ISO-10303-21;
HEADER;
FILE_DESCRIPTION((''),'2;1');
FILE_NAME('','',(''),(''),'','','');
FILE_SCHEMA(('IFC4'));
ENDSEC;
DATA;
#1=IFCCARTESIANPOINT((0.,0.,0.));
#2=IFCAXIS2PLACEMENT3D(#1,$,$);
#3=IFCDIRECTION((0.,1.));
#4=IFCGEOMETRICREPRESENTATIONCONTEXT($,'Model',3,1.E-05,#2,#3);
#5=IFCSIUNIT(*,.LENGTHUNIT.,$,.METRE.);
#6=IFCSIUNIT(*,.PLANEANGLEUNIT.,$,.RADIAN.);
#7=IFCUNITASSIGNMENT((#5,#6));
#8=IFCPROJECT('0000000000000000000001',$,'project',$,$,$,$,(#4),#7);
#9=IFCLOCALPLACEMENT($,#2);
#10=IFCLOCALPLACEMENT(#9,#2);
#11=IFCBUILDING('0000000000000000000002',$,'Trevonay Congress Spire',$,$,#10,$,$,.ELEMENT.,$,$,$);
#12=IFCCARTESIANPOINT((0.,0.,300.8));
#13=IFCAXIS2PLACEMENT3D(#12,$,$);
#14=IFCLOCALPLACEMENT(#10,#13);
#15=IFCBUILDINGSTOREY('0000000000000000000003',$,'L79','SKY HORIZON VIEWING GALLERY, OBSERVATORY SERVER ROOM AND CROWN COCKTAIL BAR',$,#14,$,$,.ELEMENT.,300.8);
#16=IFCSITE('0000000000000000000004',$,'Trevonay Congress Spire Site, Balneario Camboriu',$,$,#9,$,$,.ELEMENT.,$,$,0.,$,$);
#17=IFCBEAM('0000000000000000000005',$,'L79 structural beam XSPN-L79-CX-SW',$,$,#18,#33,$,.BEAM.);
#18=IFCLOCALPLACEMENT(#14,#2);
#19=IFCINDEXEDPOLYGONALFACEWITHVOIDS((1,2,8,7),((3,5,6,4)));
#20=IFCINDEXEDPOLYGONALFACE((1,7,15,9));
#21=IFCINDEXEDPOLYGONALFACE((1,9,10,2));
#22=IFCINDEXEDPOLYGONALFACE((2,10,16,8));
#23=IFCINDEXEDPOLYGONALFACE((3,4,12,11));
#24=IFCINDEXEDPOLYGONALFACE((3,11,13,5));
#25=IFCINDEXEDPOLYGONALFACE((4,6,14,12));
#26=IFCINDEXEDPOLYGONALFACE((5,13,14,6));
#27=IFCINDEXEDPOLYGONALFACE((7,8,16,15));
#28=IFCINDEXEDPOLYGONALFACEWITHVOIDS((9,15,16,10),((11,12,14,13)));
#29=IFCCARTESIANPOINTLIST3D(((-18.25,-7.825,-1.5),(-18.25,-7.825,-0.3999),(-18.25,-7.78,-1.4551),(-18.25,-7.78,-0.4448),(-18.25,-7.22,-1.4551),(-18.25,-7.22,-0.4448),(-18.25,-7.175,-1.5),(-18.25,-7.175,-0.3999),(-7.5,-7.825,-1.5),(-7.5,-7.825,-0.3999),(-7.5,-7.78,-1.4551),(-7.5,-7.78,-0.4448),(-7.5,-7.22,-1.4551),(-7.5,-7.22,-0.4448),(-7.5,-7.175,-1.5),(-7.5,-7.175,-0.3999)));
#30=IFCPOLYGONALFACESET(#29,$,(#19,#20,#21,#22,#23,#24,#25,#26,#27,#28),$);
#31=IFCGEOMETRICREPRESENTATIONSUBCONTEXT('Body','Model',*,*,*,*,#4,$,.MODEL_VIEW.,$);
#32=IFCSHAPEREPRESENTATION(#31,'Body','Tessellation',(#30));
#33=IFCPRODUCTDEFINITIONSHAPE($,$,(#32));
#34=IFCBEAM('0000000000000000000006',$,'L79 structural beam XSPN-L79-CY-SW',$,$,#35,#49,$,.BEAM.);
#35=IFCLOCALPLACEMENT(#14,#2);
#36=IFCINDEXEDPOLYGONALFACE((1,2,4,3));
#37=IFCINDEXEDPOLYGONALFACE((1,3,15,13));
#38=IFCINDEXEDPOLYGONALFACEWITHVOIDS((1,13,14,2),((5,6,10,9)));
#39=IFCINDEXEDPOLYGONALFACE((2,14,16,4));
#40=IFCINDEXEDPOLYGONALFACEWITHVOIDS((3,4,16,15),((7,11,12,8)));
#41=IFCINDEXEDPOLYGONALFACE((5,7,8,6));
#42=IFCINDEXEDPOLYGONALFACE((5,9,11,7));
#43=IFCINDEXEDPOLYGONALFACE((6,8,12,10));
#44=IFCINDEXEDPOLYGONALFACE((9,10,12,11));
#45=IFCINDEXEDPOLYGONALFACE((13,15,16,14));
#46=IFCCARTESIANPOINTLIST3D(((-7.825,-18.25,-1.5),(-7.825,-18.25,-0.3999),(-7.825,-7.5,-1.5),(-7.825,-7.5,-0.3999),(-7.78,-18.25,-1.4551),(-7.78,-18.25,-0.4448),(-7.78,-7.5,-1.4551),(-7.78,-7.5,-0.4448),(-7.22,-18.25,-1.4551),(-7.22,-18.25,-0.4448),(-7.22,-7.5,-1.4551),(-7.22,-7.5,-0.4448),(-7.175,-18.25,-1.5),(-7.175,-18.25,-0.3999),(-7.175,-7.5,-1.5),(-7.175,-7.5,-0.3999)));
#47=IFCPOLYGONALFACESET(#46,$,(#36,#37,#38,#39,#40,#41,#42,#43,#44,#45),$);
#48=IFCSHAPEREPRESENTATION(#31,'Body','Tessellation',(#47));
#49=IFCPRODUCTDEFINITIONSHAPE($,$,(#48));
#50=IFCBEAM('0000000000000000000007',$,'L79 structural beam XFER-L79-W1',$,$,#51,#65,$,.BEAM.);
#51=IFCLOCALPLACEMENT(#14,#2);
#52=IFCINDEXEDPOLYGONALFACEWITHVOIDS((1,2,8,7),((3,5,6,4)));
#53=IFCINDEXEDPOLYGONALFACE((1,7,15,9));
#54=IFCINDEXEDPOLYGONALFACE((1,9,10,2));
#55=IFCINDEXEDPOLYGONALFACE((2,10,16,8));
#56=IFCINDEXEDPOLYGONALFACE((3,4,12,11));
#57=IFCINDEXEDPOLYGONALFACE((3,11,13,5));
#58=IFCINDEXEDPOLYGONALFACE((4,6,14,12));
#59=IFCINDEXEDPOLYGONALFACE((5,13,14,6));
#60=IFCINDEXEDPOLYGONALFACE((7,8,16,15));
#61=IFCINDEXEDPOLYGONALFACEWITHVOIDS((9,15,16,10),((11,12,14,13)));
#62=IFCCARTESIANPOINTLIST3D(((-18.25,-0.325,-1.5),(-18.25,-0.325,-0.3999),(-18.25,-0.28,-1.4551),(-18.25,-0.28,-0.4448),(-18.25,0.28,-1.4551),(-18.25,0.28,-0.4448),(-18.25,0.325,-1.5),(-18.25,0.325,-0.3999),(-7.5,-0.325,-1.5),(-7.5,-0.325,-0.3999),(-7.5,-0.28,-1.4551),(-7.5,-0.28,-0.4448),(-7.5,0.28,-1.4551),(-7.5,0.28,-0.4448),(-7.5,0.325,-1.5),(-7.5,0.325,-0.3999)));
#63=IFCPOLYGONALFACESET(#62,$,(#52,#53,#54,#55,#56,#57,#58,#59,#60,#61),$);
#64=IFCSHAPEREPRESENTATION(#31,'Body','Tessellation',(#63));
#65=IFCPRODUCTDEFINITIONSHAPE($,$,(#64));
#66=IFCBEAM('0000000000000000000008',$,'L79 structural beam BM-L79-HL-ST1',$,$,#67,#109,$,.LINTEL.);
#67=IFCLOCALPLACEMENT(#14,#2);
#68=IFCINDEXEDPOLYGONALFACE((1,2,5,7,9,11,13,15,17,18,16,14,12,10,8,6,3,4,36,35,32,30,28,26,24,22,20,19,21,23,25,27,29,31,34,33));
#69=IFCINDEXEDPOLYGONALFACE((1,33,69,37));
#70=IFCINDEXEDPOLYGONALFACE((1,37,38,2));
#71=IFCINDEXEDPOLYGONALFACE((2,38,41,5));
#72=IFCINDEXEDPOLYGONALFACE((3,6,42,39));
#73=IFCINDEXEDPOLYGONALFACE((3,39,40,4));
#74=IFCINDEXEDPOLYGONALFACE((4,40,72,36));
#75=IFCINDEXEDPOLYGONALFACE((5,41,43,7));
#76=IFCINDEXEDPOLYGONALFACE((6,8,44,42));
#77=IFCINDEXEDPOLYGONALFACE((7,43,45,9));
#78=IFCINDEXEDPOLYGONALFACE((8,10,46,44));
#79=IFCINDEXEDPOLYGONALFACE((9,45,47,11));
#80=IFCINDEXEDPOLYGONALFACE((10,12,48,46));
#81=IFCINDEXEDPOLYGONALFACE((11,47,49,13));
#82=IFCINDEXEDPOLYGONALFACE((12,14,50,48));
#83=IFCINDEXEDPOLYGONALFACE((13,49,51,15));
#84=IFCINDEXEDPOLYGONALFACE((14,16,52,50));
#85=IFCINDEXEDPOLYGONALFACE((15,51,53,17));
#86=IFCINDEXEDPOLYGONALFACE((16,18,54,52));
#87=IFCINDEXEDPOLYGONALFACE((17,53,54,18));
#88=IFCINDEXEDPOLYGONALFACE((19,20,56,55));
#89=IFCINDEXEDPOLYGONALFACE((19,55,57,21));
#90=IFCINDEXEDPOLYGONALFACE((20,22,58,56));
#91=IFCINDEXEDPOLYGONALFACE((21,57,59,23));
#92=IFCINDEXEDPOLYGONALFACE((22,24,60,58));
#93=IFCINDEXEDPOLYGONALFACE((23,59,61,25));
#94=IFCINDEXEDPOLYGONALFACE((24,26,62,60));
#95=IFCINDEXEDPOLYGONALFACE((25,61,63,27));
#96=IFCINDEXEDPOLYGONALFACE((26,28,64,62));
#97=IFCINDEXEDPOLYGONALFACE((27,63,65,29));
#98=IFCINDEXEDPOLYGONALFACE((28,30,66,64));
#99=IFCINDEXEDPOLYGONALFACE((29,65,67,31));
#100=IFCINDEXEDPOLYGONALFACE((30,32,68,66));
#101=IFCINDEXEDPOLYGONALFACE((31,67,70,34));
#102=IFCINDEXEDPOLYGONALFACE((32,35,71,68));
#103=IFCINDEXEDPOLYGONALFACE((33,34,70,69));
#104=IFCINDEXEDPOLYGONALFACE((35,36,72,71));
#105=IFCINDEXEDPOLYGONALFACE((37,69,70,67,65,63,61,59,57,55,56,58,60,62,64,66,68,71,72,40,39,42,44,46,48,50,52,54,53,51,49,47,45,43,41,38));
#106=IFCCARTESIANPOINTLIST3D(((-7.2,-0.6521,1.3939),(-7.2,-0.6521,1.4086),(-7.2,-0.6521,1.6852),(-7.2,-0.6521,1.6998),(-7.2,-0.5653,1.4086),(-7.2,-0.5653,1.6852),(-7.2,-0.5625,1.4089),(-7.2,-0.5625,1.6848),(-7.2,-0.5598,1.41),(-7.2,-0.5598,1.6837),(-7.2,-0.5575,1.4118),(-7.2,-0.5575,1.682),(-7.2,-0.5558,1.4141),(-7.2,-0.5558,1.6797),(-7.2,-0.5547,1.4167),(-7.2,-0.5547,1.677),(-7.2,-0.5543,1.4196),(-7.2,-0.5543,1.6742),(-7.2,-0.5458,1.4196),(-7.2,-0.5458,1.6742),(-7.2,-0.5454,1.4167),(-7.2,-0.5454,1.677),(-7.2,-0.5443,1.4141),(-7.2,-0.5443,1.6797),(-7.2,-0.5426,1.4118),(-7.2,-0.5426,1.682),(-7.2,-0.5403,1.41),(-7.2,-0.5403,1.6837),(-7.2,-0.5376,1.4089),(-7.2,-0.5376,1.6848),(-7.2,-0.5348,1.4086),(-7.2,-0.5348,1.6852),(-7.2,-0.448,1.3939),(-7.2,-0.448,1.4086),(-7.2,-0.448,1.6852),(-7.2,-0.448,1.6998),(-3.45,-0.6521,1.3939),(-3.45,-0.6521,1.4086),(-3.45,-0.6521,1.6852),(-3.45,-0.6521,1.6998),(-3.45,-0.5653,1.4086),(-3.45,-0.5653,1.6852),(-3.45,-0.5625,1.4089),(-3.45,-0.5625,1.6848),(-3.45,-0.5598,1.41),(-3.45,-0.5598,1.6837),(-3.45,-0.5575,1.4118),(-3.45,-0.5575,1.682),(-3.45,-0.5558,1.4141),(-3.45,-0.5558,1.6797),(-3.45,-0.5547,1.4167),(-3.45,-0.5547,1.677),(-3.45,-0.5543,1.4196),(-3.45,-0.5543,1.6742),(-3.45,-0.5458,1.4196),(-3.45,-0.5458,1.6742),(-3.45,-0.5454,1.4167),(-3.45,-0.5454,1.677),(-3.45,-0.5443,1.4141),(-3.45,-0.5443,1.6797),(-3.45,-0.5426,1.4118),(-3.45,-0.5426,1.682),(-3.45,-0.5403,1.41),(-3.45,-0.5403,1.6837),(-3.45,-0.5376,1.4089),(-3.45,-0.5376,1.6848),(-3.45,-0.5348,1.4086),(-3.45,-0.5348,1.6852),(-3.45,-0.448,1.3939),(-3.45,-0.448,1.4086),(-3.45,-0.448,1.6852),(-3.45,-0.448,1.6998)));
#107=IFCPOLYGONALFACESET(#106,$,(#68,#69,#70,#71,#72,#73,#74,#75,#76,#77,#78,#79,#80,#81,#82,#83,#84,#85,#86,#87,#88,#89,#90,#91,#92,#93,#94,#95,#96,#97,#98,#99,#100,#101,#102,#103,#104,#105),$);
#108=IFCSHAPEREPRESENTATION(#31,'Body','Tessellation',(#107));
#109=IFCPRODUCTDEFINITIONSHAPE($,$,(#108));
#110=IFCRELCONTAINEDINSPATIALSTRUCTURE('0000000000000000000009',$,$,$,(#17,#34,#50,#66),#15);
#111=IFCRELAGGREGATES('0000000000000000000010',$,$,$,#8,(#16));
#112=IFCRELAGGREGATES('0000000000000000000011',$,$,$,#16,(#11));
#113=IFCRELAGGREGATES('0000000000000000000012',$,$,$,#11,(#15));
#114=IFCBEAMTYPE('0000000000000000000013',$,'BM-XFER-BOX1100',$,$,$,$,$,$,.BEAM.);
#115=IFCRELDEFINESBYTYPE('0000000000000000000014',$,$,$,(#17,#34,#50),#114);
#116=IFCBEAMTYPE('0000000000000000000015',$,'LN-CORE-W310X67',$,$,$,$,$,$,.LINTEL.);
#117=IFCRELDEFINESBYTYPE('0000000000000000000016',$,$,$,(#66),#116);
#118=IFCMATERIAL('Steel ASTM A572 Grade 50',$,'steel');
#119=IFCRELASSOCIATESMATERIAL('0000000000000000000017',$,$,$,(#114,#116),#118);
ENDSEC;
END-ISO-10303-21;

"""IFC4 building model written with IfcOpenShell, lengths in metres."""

from ifc_helpers import new_model, si_unit, direction, frame, origin, origin_2d, place, context, subcontext, project, spatial, hollow_rectangle, i_section, extrude, material, material_profile, profile_set, type_object, element, save


model = new_model("IFC4")

# Units and contexts
model_context = context("Model", 3, precision=1e-05, world=origin(), true_north=direction((0.0, 1.0)))
body_context = subcontext(model_context, "Body", "Model", "MODEL_VIEW")
ifc_project = project(units=[si_unit("LENGTHUNIT", "METRE"), si_unit("PLANEANGLEUNIT", "RADIAN")], contexts=[model_context])

# Site, building, storey
site_placement = place(None, origin())
site = spatial("IfcSite", under=ifc_project, at=site_placement, Name="Trevonay Congress Spire Site, Balneario Camboriu", CompositionType="ELEMENT", RefElevation=0.0)
building_placement = place(site_placement, origin())
building = spatial("IfcBuilding", under=site, at=building_placement, Name="Trevonay Congress Spire", CompositionType="ELEMENT")
storey_placement = place(building_placement, frame((0.0, 0.0, 300.8)))
storey = spatial("IfcBuildingStorey", under=building, at=storey_placement, Name="L79", Description="SKY HORIZON VIEWING GALLERY, OBSERVATORY SERVER ROOM AND CROWN COCKTAIL BAR", CompositionType="ELEMENT", Elevation=300.8)

# Shared definitions
ifc_material_1 = material(Name="Steel ASTM A572 Grade 50", Category="steel")

# Beams
ifc_material_profile_1 = material_profile(ifc_material_1, hollow_rectangle(XDim=0.6499, YDim=1.1001, WallThickness=0.0449, at=origin_2d()), Name="BOX 1100x650x45")
ifc_profile_set_1 = profile_set([ifc_material_profile_1], Name="Steel ASTM A572 Grade 50")
beam_type_1 = type_object("IfcBeamType", Name="BM-XFER-BOX1100", PredefinedType="BEAM", material=ifc_profile_set_1)
for number, where, z_axis, x_axis, name in (
    (1, (-7.5, -7.5, -0.95), (-1.0, 0.0, 0.0), (0.0, -1.0, 0.0), "L79 structural beam XSPN-L79-CX-SW"),
    (2, (-7.5, -7.5, -0.95), (0.0, -1.0, 0.0), (1.0, 0.0, 0.0), "L79 structural beam XSPN-L79-CY-SW"),
    (3, (-7.5, 0.0, -0.95), (-1.0, 0.0, 0.0), (0.0, -1.0, 0.0), "L79 structural beam XFER-L79-W1"),
):
    element("IfcBeam", number, at=place(storey_placement, frame(where, z_axis=z_axis, x_axis=x_axis)), inside=storey, type_object=beam_type_1, Name=name, PredefinedType="BEAM", context=body_context, shape_type="SweptSolid", body=[
        extrude(hollow_rectangle(XDim=0.6499, YDim=1.1001, WallThickness=0.0449, at=origin_2d()), origin(), (0.0, 0.0, 1.0), 10.75),
    ])
ifc_material_profile_2 = material_profile(ifc_material_1, i_section(OverallWidth=0.2041, OverallDepth=0.3059, WebThickness=0.0085, FlangeThickness=0.0146, FilletRadius=0.011, at=origin_2d()), Name="W310x67")
ifc_profile_set_2 = profile_set([ifc_material_profile_2], Name="Steel ASTM A572 Grade 50")
beam_type_2 = type_object("IfcBeamType", Name="LN-CORE-W310X67", PredefinedType="LINTEL", material=ifc_profile_set_2)
beam_1_placement = place(storey_placement, frame((-7.2, -0.55, 1.5469), z_axis=(1.0, 0.0, 0.0), x_axis=(0.0, 1.0, 0.0)))
element("IfcBeam", 4, at=beam_1_placement, inside=storey, type_object=beam_type_2, Name="L79 structural beam BM-L79-HL-ST1", PredefinedType="LINTEL", context=body_context, shape_type="SweptSolid", body=[
    extrude(i_section(OverallWidth=0.2041, OverallDepth=0.3059, WebThickness=0.0085, FlangeThickness=0.0146, FilletRadius=0.011, at=origin_2d()), origin(), (0.0, 0.0, 1.0), 3.75),
])

save(model, "model.ifc")
